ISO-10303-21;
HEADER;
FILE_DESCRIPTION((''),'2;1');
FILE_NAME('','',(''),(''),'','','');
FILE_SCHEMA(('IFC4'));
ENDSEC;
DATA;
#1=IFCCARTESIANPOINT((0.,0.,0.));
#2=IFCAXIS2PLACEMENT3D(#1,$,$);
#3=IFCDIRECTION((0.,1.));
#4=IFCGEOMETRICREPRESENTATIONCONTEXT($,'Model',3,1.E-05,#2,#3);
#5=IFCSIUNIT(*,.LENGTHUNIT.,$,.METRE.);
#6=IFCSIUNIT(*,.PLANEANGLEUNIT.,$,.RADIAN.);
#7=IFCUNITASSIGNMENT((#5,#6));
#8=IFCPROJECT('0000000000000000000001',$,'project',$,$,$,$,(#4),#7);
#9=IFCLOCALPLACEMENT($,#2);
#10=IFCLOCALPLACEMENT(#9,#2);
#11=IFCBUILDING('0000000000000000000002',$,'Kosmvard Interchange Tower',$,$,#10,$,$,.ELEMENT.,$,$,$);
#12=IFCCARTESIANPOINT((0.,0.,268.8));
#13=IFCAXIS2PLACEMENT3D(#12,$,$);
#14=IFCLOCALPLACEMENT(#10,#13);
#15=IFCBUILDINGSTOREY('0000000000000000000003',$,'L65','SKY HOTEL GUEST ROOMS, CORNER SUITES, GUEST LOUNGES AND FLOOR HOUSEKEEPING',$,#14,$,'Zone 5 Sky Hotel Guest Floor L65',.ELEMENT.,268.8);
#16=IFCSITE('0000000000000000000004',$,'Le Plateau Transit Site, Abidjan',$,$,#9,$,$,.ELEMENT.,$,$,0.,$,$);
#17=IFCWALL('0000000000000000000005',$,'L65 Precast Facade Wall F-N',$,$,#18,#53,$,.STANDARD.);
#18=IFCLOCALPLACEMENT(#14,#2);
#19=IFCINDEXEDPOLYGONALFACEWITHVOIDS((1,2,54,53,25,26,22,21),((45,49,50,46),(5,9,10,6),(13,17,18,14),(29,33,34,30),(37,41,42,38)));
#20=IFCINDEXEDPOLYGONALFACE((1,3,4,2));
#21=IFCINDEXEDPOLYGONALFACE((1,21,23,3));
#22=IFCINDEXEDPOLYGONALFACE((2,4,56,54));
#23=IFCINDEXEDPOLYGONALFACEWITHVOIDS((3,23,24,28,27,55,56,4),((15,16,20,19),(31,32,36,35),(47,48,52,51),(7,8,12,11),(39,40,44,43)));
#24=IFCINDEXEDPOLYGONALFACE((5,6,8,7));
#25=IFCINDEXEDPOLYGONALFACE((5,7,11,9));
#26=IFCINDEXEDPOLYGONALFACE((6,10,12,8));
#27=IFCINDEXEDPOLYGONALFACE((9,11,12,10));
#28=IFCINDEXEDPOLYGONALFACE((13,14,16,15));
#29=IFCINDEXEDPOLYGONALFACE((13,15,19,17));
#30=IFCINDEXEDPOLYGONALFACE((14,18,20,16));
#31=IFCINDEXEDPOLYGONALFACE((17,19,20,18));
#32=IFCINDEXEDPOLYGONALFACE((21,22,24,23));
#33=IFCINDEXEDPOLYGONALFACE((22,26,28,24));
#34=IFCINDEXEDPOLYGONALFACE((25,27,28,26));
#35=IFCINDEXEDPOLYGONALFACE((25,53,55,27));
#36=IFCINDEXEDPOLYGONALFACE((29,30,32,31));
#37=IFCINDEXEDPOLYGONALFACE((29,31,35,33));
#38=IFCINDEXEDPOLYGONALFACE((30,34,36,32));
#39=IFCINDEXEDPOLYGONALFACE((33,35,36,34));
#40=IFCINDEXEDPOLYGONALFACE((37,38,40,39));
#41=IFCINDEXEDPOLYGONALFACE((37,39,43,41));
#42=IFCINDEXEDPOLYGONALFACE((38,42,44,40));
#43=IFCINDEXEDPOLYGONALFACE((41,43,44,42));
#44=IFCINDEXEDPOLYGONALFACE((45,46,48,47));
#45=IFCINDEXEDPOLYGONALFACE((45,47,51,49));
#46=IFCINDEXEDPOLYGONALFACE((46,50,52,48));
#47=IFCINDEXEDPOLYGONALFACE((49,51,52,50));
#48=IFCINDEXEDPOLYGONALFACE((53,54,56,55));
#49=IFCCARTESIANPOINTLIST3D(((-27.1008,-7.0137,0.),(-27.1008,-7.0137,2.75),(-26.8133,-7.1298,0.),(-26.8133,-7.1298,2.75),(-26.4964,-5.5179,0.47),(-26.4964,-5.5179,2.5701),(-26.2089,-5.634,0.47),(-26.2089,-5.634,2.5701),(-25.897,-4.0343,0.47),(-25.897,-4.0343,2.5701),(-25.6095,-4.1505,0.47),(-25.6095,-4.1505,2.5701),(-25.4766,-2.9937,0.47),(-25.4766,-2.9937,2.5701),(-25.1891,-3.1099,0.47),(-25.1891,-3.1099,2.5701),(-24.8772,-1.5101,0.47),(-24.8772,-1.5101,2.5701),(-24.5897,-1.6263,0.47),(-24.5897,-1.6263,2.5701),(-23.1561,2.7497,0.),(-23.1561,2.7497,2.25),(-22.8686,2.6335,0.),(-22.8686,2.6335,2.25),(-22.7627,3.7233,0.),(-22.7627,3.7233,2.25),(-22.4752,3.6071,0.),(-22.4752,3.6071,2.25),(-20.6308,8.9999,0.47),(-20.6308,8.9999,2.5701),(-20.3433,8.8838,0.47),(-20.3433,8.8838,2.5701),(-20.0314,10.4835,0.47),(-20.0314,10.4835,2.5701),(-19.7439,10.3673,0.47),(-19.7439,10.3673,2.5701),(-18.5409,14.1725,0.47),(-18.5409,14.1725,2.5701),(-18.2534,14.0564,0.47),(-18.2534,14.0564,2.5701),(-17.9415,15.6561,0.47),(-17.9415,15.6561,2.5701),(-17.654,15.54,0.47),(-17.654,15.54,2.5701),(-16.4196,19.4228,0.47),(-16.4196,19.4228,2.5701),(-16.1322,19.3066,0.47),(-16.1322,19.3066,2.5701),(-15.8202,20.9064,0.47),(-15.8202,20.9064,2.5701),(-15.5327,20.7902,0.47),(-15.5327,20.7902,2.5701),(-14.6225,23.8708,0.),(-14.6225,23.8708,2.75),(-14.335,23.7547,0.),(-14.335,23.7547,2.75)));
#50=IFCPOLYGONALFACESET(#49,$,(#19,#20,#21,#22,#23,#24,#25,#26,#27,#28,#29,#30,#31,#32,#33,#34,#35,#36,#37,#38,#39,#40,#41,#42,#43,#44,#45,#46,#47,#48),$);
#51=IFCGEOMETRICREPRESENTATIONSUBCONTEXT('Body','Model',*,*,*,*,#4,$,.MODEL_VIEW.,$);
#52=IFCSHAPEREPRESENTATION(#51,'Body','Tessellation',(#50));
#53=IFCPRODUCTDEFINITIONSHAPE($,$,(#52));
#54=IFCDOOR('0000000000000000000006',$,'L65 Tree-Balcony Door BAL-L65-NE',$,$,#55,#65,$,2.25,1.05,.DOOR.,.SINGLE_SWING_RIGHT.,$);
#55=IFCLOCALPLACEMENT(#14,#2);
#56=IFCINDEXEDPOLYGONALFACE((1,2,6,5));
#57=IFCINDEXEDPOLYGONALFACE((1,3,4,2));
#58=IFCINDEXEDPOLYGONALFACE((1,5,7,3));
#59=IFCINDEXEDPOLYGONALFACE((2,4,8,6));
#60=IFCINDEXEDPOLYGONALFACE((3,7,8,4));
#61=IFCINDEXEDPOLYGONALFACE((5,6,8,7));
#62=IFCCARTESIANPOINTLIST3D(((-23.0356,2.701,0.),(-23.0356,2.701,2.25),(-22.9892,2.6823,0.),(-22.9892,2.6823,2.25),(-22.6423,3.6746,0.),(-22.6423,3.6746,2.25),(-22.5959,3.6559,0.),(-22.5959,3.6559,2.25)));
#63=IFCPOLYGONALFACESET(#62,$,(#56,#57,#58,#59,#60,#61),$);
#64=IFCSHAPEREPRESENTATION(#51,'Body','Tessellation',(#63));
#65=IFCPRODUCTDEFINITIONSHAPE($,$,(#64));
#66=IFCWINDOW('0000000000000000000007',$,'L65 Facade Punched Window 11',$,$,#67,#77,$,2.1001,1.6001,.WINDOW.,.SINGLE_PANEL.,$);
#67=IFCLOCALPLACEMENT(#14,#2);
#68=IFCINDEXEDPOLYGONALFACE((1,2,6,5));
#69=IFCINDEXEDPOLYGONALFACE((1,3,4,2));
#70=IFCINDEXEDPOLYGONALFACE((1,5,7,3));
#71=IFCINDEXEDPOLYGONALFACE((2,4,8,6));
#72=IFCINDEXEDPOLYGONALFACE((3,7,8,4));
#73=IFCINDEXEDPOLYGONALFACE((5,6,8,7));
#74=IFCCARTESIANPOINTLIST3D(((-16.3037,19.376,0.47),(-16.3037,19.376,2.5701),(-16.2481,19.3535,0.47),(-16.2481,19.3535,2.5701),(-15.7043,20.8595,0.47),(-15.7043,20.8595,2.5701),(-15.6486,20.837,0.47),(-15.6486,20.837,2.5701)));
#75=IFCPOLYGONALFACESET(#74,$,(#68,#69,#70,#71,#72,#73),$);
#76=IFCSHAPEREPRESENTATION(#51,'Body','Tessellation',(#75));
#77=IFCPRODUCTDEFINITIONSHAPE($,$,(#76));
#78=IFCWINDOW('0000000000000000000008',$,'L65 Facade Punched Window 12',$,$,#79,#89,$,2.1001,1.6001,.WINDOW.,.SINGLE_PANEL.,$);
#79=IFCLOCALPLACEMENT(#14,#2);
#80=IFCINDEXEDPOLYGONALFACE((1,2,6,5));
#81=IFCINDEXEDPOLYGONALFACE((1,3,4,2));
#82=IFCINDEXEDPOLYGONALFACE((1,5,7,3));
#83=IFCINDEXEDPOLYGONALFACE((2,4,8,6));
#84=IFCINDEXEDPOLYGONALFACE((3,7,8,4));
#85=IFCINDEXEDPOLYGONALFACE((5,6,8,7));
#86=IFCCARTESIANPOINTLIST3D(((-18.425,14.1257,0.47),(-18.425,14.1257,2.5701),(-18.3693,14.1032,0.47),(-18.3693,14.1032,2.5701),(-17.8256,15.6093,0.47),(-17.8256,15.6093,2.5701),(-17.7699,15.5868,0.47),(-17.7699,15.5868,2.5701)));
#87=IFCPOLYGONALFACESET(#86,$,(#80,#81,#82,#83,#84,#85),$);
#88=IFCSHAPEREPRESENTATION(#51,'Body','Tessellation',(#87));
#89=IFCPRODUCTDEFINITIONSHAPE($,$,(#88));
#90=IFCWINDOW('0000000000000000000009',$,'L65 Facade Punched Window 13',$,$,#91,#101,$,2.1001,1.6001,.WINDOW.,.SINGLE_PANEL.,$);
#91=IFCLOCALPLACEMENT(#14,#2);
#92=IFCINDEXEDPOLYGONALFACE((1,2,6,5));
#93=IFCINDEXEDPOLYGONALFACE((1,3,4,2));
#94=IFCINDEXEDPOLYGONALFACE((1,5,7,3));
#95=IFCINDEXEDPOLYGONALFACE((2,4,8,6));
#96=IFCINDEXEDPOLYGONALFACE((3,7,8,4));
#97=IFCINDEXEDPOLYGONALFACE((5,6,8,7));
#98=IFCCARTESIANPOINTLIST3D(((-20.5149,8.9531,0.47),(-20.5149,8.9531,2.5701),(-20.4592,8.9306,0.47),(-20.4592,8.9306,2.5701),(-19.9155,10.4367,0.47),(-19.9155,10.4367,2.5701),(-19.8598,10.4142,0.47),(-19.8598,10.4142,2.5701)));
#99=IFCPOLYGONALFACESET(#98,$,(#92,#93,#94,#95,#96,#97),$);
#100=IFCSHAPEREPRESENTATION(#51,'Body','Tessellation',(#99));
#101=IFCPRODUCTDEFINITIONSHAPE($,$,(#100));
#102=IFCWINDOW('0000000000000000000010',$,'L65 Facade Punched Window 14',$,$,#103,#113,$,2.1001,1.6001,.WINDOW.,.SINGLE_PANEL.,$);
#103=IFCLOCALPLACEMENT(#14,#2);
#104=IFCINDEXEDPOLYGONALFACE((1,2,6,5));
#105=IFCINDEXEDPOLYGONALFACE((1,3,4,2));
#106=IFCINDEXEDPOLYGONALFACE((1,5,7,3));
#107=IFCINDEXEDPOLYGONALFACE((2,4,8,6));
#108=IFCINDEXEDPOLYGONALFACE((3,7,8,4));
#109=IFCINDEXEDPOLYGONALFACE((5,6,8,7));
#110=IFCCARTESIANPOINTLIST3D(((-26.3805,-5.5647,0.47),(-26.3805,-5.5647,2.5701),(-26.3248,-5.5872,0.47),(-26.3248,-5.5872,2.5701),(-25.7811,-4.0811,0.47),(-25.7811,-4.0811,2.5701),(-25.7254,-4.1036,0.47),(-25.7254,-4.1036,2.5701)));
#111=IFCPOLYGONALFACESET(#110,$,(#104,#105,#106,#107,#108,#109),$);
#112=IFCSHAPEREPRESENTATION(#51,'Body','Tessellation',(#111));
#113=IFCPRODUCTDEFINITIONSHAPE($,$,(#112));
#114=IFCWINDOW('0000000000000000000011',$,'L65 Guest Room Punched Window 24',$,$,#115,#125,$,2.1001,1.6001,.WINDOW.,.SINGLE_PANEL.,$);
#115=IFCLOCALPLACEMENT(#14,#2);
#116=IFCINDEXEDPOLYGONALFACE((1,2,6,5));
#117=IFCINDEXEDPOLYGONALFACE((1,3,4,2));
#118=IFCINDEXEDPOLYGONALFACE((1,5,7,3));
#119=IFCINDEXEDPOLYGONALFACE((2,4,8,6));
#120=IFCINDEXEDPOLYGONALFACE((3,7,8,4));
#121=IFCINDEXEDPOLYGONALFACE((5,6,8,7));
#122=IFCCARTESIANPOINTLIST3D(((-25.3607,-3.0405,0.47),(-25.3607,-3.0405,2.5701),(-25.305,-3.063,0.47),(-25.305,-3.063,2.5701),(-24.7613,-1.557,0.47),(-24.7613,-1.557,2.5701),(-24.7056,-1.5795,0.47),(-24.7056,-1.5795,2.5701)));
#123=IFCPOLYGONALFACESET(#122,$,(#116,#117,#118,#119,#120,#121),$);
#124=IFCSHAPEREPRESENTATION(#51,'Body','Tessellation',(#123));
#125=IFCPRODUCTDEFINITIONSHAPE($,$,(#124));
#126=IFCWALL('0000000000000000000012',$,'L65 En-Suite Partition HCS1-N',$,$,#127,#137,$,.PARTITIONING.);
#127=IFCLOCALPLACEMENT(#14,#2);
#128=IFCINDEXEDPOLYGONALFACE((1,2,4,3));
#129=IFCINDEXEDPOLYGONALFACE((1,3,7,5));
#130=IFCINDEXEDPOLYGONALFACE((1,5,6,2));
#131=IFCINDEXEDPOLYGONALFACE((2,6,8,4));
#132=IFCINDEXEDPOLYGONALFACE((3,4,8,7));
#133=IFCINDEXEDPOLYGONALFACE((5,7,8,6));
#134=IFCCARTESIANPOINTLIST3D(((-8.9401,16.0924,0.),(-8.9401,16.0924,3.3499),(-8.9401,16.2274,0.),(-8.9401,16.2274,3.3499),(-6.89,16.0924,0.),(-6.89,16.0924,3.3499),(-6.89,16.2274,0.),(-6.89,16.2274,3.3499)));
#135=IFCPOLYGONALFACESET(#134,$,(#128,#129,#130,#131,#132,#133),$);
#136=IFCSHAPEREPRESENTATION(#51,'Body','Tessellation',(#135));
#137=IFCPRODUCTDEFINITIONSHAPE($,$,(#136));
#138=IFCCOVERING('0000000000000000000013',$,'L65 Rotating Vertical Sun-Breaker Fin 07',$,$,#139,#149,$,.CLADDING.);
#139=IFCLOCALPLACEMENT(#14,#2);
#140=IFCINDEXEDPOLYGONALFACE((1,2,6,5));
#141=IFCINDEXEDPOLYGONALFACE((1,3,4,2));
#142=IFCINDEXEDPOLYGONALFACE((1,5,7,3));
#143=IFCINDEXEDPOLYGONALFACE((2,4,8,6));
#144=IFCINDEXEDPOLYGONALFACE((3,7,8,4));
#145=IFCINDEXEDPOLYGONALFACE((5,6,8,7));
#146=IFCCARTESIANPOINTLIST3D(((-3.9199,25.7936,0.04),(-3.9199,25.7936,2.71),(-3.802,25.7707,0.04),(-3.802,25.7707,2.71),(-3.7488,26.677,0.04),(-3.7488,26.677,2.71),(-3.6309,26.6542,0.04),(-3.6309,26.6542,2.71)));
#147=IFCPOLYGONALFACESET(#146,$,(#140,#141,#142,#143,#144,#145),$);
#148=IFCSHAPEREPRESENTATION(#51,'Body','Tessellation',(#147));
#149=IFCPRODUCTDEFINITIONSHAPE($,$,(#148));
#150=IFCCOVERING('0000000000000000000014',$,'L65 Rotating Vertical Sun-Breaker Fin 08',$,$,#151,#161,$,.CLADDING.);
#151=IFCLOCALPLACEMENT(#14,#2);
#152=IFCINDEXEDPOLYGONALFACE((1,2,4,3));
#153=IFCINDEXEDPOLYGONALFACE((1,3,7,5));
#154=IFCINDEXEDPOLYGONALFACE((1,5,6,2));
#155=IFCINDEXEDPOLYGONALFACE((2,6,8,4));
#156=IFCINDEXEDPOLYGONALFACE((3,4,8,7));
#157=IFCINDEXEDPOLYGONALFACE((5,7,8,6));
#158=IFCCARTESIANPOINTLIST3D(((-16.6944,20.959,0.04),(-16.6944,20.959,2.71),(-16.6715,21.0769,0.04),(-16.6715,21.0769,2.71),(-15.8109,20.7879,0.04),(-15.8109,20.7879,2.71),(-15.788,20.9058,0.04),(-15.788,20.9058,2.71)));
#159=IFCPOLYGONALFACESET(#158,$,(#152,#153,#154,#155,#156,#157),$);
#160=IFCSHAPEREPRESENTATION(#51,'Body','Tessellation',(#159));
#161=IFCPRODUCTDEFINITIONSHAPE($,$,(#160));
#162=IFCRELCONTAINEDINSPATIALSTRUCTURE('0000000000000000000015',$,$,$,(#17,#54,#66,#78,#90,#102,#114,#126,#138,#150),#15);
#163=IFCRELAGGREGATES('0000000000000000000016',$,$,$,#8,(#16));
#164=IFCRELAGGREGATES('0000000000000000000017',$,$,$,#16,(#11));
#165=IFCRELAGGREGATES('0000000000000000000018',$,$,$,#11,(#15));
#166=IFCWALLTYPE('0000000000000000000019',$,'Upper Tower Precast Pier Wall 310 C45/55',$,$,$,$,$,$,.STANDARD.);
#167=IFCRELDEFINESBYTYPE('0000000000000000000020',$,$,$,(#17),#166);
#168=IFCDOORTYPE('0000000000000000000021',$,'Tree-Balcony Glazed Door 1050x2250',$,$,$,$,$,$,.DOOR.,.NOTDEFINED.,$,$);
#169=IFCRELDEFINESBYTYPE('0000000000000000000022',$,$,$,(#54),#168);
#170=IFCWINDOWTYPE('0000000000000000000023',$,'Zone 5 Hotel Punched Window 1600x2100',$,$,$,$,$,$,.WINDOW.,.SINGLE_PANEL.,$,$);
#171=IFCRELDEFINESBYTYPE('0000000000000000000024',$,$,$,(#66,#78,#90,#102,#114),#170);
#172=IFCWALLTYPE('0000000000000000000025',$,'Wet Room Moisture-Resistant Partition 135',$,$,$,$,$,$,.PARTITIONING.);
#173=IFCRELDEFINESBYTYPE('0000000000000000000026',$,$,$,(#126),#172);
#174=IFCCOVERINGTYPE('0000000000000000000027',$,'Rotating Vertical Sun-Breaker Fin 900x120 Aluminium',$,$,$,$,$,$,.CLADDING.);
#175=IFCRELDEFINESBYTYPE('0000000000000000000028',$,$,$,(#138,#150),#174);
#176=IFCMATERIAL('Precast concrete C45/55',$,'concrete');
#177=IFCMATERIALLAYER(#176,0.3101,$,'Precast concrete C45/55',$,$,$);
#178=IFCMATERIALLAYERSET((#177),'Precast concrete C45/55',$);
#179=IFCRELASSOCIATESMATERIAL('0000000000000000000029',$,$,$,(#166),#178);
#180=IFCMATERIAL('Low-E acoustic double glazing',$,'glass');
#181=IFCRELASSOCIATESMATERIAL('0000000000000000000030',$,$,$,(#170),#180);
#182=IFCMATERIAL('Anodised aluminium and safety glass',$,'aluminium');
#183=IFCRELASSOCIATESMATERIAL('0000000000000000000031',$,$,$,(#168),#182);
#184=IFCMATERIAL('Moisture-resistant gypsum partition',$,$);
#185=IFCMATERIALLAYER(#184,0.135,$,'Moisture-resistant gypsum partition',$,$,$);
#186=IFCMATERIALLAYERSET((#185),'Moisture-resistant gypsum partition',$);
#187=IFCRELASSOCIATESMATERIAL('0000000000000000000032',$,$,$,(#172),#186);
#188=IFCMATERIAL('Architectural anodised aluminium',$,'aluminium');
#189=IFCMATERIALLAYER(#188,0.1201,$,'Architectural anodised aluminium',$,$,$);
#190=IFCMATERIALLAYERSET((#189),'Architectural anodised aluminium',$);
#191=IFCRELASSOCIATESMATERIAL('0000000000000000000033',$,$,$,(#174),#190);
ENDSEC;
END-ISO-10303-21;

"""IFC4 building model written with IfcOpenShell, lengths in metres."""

from ifc_helpers import new_model, si_unit, direction, frame, frame_2d, origin, origin_2d, place, context, subcontext, project, spatial, rectangle, extrude, source, transform, mapped, material, layer, layer_set, type_object, element, fill, save


model = new_model("IFC4")

# Units and contexts
model_context = context("Model", 3, precision=1e-05, world=origin(), true_north=direction((0.0, 1.0)))
body_context = subcontext(model_context, "Body", "Model", "MODEL_VIEW")
ifc_project = project(units=[si_unit("LENGTHUNIT", "METRE"), si_unit("PLANEANGLEUNIT", "RADIAN")], contexts=[model_context])

# Site, building, storey
site_placement = place(None, origin())
site = spatial("IfcSite", under=ifc_project, at=site_placement, Name="Le Plateau Transit Site, Abidjan", CompositionType="ELEMENT", RefElevation=0.0)
building_placement = place(site_placement, origin())
building = spatial("IfcBuilding", under=site, at=building_placement, Name="Kosmvard Interchange Tower", CompositionType="ELEMENT")
storey_placement = place(building_placement, frame((0.0, 0.0, 268.8)))
storey = spatial("IfcBuildingStorey", under=building, at=storey_placement, Name="L65", Description="SKY HOTEL GUEST ROOMS, CORNER SUITES, GUEST LOUNGES AND FLOOR HOUSEKEEPING", LongName="Zone 5 Sky Hotel Guest Floor L65", CompositionType="ELEMENT", Elevation=268.8)

# Shared definitions
ifc_material_1 = material(Name="Precast concrete C45/55", Category="concrete")

# Shared definitions
ifc_layer_1 = layer(ifc_material_1, 0.3101, Name="Precast concrete C45/55")
ifc_layer_set_1 = layer_set([ifc_layer_1], Name="Precast concrete C45/55")
wall_type_1 = type_object("IfcWallType", Name="Upper Tower Precast Pier Wall 310 C45/55", PredefinedType="STANDARD", material=ifc_layer_set_1)

# Shared definitions
ifc_material_2 = material(Name="Low-E acoustic double glazing", Category="glass")
window_type = type_object("IfcWindowType", Name="Zone 5 Hotel Punched Window 1600x2100", PartitioningType="SINGLE_PANEL", PredefinedType="WINDOW", material=ifc_material_2)
shared_shape_1 = source(origin(), body_context, "Body", "SweptSolid", [
    extrude(rectangle(XDim=1.6001, YDim=2.1001, at=frame_2d((0.8, 1.05))), frame((0.0, 0.03, 0.0), z_axis=(0.0, -1.0, 0.0), x_axis=(1.0, 0.0, 0.0)), (0.0, 0.0, 1.0), 0.0601),
])

# Wall, openings, door, windows
wall_1_placement = place(storey_placement, frame((-14.4788, 23.8127, 0.0), z_axis=(0.0, 0.0, 1.0), x_axis=(-0.37461, -0.927183, 0.0)))
wall_1 = element("IfcWall", 1, at=wall_1_placement, inside=storey, type_object=wall_type_1, Name="L65 Precast Facade Wall F-N", PredefinedType="STANDARD", context=body_context, shape_type="SweptSolid", body=[
    extrude(rectangle(XDim=33.3101, YDim=0.3101, at=frame_2d((16.655, 0.0))), origin(), (0.0, 0.0, 1.0), 2.75),
])
opening_1_placement = place(wall_1_placement, frame((21.73, 0.0, 0.0)))
opening_1 = element("IfcOpeningElement", 2, at=opening_1_placement, cuts=wall_1, PredefinedType="OPENING", context=body_context, shape_type="SweptSolid", body=[
    extrude(rectangle(XDim=1.05, YDim=2.25, at=frame_2d((0.5249, 1.125))), frame((0.0, 0.165, 0.0), z_axis=(0.0, -1.0, 0.0), x_axis=(1.0, 0.0, 0.0)), (0.0, 0.0, 1.0), 0.3301),
])
opening_2_placement = place(wall_1_placement, frame((3.1973, 0.0, 0.47)))
opening_2 = element("IfcOpeningElement", 3, at=opening_2_placement, cuts=wall_1, PredefinedType="OPENING", context=body_context, shape_type="SweptSolid", body=[
    extrude(rectangle(XDim=1.6001, YDim=2.1001, at=frame_2d((0.8, 1.05))), frame((0.0, 0.165, 0.0), z_axis=(0.0, -1.0, 0.0), x_axis=(1.0, 0.0, 0.0)), (0.0, 0.0, 1.0), 0.3301),
])
opening_3_placement = place(wall_1_placement, frame((8.8599, 0.0, 0.47)))
opening_3 = element("IfcOpeningElement", 4, at=opening_3_placement, cuts=wall_1, PredefinedType="OPENING", context=body_context, shape_type="SweptSolid", body=[
    extrude(rectangle(XDim=1.6001, YDim=2.1001, at=frame_2d((0.8, 1.05))), frame((0.0, 0.165, 0.0), z_axis=(0.0, -1.0, 0.0), x_axis=(1.0, 0.0, 0.0)), (0.0, 0.0, 1.0), 0.3301),
])
opening_4_placement = place(wall_1_placement, frame((14.4387, 0.0, 0.47)))
opening_4 = element("IfcOpeningElement", 5, at=opening_4_placement, cuts=wall_1, PredefinedType="OPENING", context=body_context, shape_type="SweptSolid", body=[
    extrude(rectangle(XDim=1.6001, YDim=2.1001, at=frame_2d((0.8, 1.05))), frame((0.0, 0.165, 0.0), z_axis=(0.0, -1.0, 0.0), x_axis=(1.0, 0.0, 0.0)), (0.0, 0.0, 1.0), 0.3301),
])
opening_5_placement = place(wall_1_placement, frame((30.0967, 0.0, 0.47)))
opening_5 = element("IfcOpeningElement", 6, at=opening_5_placement, cuts=wall_1, PredefinedType="OPENING", context=body_context, shape_type="SweptSolid", body=[
    extrude(rectangle(XDim=1.6001, YDim=2.1001, at=frame_2d((0.8, 1.05))), frame((0.0, 0.165, 0.0), z_axis=(0.0, -1.0, 0.0), x_axis=(1.0, 0.0, 0.0)), (0.0, 0.0, 1.0), 0.3301),
])
opening_6_placement = place(wall_1_placement, frame((27.3743, 0.0, 0.47)))
opening_6 = element("IfcOpeningElement", 7, at=opening_6_placement, cuts=wall_1, PredefinedType="OPENING", context=body_context, shape_type="SweptSolid", body=[
    extrude(rectangle(XDim=1.6001, YDim=2.1001, at=frame_2d((0.8, 1.05))), frame((0.0, 0.165, 0.0), z_axis=(0.0, -1.0, 0.0), x_axis=(1.0, 0.0, 0.0)), (0.0, 0.0, 1.0), 0.3301),
])
ifc_material_3 = material(Name="Anodised aluminium and safety glass", Category="aluminium")
door_type = type_object("IfcDoorType", Name="Tree-Balcony Glazed Door 1050x2250", OperationType="NOTDEFINED", PredefinedType="DOOR", material=ifc_material_3)
shared_shape_2 = source(origin(), body_context, "Body", "SweptSolid", [
    extrude(rectangle(XDim=1.05, YDim=2.25, at=frame_2d((0.5249, 1.125))), frame((0.0, 0.0249, 0.0), z_axis=(0.0, -1.0, 0.0), x_axis=(1.0, 0.0, 0.0)), (0.0, 0.0, 1.0), 0.05),
])
door_placement = place(opening_1_placement, origin())
door = element("IfcDoor", 8, at=door_placement, inside=storey, type_object=door_type, Name="L65 Tree-Balcony Door BAL-L65-NE", OperationType="SINGLE_SWING_RIGHT", OverallHeight=2.25, OverallWidth=1.05, PredefinedType="DOOR", context=body_context, shape_type="MappedRepresentation", body=[
    mapped(shared_shape_2, transform((0.0, 0.0, 0.0), scale=1.0)),
])
fill(opening_1, door)
window_1_placement = place(opening_2_placement, origin())
window_1 = element("IfcWindow", 9, at=window_1_placement, inside=storey, type_object=window_type, Name="L65 Facade Punched Window 11", OverallHeight=2.1001, OverallWidth=1.6001, PartitioningType="SINGLE_PANEL", PredefinedType="WINDOW", context=body_context, shape_type="MappedRepresentation", body=[
    mapped(shared_shape_1, transform((0.0, 0.0, 0.0), scale=1.0)),
])
fill(opening_2, window_1)
window_2_placement = place(opening_3_placement, origin())
window_2 = element("IfcWindow", 10, at=window_2_placement, inside=storey, type_object=window_type, Name="L65 Facade Punched Window 12", OverallHeight=2.1001, OverallWidth=1.6001, PartitioningType="SINGLE_PANEL", PredefinedType="WINDOW", context=body_context, shape_type="MappedRepresentation", body=[
    mapped(shared_shape_1, transform((0.0, 0.0, 0.0), scale=1.0)),
])
fill(opening_3, window_2)
window_3_placement = place(opening_4_placement, origin())
window_3 = element("IfcWindow", 11, at=window_3_placement, inside=storey, type_object=window_type, Name="L65 Facade Punched Window 13", OverallHeight=2.1001, OverallWidth=1.6001, PartitioningType="SINGLE_PANEL", PredefinedType="WINDOW", context=body_context, shape_type="MappedRepresentation", body=[
    mapped(shared_shape_1, transform((0.0, 0.0, 0.0), scale=1.0)),
])
fill(opening_4, window_3)
window_4_placement = place(opening_5_placement, origin())
window_4 = element("IfcWindow", 12, at=window_4_placement, inside=storey, type_object=window_type, Name="L65 Facade Punched Window 14", OverallHeight=2.1001, OverallWidth=1.6001, PartitioningType="SINGLE_PANEL", PredefinedType="WINDOW", context=body_context, shape_type="MappedRepresentation", body=[
    mapped(shared_shape_1, transform((0.0, 0.0, 0.0), scale=1.0)),
])
fill(opening_5, window_4)
window_5_placement = place(opening_6_placement, origin())
window_5 = element("IfcWindow", 13, at=window_5_placement, inside=storey, type_object=window_type, Name="L65 Guest Room Punched Window 24", OverallHeight=2.1001, OverallWidth=1.6001, PartitioningType="SINGLE_PANEL", PredefinedType="WINDOW", context=body_context, shape_type="MappedRepresentation", body=[
    mapped(shared_shape_1, transform((0.0, 0.0, 0.0), scale=1.0)),
])
fill(opening_6, window_5)

# Wall
ifc_material_4 = material(Name="Moisture-resistant gypsum partition")
ifc_layer_2 = layer(ifc_material_4, 0.135, Name="Moisture-resistant gypsum partition")
ifc_layer_set_2 = layer_set([ifc_layer_2], Name="Moisture-resistant gypsum partition")
wall_type_2 = type_object("IfcWallType", Name="Wet Room Moisture-Resistant Partition 135", PredefinedType="PARTITIONING", material=ifc_layer_set_2)
wall_2_placement = place(storey_placement, frame((-8.9399, 16.1599, 0.0), z_axis=(0.0, 0.0, 1.0), x_axis=(1.0, 0.0, 0.0)))
element("IfcWall", 14, at=wall_2_placement, inside=storey, type_object=wall_type_2, Name="L65 En-Suite Partition HCS1-N", PredefinedType="PARTITIONING", context=body_context, shape_type="SweptSolid", body=[
    extrude(rectangle(XDim=2.05, YDim=0.135, at=frame_2d((1.0249, 0.0))), origin(), (0.0, 0.0, 1.0), 3.3499),
])

# Coverings
ifc_material_5 = material(Name="Architectural anodised aluminium", Category="aluminium")
ifc_layer_3 = layer(ifc_material_5, 0.1201, Name="Architectural anodised aluminium")
ifc_layer_set_3 = layer_set([ifc_layer_3], Name="Architectural anodised aluminium")
covering_type = type_object("IfcCoveringType", Name="Rotating Vertical Sun-Breaker Fin 900x120 Aluminium", PredefinedType="CLADDING", material=ifc_layer_set_3)
shared_shape_3 = source(origin(), body_context, "Body", "SweptSolid", [
    extrude(rectangle(XDim=0.8999, YDim=0.1201, at=origin_2d()), origin(), (0.0, 0.0, 1.0), 2.6699),
])
for number, where, z_axis, x_axis, name in (
    (15, (-3.7754, 26.2239, 0.04), (0.0, 0.0, 1.0), (0.190124, 0.98176, 0.0), "L65 Rotating Vertical Sun-Breaker Fin 07"),
    (16, (-16.2412, 20.9324, 0.04), (0.0, 0.0, 1.0), (-0.98176, 0.190124, 0.0), "L65 Rotating Vertical Sun-Breaker Fin 08"),
):
    element("IfcCovering", number, at=place(storey_placement, frame(where, z_axis=z_axis, x_axis=x_axis)), inside=storey, type_object=covering_type, Name=name, PredefinedType="CLADDING", context=body_context, shape_type="MappedRepresentation", body=[
        mapped(shared_shape_3, transform((0.0, 0.0, 0.0), scale=1.0)),
    ])

save(model, "model.ifc")
